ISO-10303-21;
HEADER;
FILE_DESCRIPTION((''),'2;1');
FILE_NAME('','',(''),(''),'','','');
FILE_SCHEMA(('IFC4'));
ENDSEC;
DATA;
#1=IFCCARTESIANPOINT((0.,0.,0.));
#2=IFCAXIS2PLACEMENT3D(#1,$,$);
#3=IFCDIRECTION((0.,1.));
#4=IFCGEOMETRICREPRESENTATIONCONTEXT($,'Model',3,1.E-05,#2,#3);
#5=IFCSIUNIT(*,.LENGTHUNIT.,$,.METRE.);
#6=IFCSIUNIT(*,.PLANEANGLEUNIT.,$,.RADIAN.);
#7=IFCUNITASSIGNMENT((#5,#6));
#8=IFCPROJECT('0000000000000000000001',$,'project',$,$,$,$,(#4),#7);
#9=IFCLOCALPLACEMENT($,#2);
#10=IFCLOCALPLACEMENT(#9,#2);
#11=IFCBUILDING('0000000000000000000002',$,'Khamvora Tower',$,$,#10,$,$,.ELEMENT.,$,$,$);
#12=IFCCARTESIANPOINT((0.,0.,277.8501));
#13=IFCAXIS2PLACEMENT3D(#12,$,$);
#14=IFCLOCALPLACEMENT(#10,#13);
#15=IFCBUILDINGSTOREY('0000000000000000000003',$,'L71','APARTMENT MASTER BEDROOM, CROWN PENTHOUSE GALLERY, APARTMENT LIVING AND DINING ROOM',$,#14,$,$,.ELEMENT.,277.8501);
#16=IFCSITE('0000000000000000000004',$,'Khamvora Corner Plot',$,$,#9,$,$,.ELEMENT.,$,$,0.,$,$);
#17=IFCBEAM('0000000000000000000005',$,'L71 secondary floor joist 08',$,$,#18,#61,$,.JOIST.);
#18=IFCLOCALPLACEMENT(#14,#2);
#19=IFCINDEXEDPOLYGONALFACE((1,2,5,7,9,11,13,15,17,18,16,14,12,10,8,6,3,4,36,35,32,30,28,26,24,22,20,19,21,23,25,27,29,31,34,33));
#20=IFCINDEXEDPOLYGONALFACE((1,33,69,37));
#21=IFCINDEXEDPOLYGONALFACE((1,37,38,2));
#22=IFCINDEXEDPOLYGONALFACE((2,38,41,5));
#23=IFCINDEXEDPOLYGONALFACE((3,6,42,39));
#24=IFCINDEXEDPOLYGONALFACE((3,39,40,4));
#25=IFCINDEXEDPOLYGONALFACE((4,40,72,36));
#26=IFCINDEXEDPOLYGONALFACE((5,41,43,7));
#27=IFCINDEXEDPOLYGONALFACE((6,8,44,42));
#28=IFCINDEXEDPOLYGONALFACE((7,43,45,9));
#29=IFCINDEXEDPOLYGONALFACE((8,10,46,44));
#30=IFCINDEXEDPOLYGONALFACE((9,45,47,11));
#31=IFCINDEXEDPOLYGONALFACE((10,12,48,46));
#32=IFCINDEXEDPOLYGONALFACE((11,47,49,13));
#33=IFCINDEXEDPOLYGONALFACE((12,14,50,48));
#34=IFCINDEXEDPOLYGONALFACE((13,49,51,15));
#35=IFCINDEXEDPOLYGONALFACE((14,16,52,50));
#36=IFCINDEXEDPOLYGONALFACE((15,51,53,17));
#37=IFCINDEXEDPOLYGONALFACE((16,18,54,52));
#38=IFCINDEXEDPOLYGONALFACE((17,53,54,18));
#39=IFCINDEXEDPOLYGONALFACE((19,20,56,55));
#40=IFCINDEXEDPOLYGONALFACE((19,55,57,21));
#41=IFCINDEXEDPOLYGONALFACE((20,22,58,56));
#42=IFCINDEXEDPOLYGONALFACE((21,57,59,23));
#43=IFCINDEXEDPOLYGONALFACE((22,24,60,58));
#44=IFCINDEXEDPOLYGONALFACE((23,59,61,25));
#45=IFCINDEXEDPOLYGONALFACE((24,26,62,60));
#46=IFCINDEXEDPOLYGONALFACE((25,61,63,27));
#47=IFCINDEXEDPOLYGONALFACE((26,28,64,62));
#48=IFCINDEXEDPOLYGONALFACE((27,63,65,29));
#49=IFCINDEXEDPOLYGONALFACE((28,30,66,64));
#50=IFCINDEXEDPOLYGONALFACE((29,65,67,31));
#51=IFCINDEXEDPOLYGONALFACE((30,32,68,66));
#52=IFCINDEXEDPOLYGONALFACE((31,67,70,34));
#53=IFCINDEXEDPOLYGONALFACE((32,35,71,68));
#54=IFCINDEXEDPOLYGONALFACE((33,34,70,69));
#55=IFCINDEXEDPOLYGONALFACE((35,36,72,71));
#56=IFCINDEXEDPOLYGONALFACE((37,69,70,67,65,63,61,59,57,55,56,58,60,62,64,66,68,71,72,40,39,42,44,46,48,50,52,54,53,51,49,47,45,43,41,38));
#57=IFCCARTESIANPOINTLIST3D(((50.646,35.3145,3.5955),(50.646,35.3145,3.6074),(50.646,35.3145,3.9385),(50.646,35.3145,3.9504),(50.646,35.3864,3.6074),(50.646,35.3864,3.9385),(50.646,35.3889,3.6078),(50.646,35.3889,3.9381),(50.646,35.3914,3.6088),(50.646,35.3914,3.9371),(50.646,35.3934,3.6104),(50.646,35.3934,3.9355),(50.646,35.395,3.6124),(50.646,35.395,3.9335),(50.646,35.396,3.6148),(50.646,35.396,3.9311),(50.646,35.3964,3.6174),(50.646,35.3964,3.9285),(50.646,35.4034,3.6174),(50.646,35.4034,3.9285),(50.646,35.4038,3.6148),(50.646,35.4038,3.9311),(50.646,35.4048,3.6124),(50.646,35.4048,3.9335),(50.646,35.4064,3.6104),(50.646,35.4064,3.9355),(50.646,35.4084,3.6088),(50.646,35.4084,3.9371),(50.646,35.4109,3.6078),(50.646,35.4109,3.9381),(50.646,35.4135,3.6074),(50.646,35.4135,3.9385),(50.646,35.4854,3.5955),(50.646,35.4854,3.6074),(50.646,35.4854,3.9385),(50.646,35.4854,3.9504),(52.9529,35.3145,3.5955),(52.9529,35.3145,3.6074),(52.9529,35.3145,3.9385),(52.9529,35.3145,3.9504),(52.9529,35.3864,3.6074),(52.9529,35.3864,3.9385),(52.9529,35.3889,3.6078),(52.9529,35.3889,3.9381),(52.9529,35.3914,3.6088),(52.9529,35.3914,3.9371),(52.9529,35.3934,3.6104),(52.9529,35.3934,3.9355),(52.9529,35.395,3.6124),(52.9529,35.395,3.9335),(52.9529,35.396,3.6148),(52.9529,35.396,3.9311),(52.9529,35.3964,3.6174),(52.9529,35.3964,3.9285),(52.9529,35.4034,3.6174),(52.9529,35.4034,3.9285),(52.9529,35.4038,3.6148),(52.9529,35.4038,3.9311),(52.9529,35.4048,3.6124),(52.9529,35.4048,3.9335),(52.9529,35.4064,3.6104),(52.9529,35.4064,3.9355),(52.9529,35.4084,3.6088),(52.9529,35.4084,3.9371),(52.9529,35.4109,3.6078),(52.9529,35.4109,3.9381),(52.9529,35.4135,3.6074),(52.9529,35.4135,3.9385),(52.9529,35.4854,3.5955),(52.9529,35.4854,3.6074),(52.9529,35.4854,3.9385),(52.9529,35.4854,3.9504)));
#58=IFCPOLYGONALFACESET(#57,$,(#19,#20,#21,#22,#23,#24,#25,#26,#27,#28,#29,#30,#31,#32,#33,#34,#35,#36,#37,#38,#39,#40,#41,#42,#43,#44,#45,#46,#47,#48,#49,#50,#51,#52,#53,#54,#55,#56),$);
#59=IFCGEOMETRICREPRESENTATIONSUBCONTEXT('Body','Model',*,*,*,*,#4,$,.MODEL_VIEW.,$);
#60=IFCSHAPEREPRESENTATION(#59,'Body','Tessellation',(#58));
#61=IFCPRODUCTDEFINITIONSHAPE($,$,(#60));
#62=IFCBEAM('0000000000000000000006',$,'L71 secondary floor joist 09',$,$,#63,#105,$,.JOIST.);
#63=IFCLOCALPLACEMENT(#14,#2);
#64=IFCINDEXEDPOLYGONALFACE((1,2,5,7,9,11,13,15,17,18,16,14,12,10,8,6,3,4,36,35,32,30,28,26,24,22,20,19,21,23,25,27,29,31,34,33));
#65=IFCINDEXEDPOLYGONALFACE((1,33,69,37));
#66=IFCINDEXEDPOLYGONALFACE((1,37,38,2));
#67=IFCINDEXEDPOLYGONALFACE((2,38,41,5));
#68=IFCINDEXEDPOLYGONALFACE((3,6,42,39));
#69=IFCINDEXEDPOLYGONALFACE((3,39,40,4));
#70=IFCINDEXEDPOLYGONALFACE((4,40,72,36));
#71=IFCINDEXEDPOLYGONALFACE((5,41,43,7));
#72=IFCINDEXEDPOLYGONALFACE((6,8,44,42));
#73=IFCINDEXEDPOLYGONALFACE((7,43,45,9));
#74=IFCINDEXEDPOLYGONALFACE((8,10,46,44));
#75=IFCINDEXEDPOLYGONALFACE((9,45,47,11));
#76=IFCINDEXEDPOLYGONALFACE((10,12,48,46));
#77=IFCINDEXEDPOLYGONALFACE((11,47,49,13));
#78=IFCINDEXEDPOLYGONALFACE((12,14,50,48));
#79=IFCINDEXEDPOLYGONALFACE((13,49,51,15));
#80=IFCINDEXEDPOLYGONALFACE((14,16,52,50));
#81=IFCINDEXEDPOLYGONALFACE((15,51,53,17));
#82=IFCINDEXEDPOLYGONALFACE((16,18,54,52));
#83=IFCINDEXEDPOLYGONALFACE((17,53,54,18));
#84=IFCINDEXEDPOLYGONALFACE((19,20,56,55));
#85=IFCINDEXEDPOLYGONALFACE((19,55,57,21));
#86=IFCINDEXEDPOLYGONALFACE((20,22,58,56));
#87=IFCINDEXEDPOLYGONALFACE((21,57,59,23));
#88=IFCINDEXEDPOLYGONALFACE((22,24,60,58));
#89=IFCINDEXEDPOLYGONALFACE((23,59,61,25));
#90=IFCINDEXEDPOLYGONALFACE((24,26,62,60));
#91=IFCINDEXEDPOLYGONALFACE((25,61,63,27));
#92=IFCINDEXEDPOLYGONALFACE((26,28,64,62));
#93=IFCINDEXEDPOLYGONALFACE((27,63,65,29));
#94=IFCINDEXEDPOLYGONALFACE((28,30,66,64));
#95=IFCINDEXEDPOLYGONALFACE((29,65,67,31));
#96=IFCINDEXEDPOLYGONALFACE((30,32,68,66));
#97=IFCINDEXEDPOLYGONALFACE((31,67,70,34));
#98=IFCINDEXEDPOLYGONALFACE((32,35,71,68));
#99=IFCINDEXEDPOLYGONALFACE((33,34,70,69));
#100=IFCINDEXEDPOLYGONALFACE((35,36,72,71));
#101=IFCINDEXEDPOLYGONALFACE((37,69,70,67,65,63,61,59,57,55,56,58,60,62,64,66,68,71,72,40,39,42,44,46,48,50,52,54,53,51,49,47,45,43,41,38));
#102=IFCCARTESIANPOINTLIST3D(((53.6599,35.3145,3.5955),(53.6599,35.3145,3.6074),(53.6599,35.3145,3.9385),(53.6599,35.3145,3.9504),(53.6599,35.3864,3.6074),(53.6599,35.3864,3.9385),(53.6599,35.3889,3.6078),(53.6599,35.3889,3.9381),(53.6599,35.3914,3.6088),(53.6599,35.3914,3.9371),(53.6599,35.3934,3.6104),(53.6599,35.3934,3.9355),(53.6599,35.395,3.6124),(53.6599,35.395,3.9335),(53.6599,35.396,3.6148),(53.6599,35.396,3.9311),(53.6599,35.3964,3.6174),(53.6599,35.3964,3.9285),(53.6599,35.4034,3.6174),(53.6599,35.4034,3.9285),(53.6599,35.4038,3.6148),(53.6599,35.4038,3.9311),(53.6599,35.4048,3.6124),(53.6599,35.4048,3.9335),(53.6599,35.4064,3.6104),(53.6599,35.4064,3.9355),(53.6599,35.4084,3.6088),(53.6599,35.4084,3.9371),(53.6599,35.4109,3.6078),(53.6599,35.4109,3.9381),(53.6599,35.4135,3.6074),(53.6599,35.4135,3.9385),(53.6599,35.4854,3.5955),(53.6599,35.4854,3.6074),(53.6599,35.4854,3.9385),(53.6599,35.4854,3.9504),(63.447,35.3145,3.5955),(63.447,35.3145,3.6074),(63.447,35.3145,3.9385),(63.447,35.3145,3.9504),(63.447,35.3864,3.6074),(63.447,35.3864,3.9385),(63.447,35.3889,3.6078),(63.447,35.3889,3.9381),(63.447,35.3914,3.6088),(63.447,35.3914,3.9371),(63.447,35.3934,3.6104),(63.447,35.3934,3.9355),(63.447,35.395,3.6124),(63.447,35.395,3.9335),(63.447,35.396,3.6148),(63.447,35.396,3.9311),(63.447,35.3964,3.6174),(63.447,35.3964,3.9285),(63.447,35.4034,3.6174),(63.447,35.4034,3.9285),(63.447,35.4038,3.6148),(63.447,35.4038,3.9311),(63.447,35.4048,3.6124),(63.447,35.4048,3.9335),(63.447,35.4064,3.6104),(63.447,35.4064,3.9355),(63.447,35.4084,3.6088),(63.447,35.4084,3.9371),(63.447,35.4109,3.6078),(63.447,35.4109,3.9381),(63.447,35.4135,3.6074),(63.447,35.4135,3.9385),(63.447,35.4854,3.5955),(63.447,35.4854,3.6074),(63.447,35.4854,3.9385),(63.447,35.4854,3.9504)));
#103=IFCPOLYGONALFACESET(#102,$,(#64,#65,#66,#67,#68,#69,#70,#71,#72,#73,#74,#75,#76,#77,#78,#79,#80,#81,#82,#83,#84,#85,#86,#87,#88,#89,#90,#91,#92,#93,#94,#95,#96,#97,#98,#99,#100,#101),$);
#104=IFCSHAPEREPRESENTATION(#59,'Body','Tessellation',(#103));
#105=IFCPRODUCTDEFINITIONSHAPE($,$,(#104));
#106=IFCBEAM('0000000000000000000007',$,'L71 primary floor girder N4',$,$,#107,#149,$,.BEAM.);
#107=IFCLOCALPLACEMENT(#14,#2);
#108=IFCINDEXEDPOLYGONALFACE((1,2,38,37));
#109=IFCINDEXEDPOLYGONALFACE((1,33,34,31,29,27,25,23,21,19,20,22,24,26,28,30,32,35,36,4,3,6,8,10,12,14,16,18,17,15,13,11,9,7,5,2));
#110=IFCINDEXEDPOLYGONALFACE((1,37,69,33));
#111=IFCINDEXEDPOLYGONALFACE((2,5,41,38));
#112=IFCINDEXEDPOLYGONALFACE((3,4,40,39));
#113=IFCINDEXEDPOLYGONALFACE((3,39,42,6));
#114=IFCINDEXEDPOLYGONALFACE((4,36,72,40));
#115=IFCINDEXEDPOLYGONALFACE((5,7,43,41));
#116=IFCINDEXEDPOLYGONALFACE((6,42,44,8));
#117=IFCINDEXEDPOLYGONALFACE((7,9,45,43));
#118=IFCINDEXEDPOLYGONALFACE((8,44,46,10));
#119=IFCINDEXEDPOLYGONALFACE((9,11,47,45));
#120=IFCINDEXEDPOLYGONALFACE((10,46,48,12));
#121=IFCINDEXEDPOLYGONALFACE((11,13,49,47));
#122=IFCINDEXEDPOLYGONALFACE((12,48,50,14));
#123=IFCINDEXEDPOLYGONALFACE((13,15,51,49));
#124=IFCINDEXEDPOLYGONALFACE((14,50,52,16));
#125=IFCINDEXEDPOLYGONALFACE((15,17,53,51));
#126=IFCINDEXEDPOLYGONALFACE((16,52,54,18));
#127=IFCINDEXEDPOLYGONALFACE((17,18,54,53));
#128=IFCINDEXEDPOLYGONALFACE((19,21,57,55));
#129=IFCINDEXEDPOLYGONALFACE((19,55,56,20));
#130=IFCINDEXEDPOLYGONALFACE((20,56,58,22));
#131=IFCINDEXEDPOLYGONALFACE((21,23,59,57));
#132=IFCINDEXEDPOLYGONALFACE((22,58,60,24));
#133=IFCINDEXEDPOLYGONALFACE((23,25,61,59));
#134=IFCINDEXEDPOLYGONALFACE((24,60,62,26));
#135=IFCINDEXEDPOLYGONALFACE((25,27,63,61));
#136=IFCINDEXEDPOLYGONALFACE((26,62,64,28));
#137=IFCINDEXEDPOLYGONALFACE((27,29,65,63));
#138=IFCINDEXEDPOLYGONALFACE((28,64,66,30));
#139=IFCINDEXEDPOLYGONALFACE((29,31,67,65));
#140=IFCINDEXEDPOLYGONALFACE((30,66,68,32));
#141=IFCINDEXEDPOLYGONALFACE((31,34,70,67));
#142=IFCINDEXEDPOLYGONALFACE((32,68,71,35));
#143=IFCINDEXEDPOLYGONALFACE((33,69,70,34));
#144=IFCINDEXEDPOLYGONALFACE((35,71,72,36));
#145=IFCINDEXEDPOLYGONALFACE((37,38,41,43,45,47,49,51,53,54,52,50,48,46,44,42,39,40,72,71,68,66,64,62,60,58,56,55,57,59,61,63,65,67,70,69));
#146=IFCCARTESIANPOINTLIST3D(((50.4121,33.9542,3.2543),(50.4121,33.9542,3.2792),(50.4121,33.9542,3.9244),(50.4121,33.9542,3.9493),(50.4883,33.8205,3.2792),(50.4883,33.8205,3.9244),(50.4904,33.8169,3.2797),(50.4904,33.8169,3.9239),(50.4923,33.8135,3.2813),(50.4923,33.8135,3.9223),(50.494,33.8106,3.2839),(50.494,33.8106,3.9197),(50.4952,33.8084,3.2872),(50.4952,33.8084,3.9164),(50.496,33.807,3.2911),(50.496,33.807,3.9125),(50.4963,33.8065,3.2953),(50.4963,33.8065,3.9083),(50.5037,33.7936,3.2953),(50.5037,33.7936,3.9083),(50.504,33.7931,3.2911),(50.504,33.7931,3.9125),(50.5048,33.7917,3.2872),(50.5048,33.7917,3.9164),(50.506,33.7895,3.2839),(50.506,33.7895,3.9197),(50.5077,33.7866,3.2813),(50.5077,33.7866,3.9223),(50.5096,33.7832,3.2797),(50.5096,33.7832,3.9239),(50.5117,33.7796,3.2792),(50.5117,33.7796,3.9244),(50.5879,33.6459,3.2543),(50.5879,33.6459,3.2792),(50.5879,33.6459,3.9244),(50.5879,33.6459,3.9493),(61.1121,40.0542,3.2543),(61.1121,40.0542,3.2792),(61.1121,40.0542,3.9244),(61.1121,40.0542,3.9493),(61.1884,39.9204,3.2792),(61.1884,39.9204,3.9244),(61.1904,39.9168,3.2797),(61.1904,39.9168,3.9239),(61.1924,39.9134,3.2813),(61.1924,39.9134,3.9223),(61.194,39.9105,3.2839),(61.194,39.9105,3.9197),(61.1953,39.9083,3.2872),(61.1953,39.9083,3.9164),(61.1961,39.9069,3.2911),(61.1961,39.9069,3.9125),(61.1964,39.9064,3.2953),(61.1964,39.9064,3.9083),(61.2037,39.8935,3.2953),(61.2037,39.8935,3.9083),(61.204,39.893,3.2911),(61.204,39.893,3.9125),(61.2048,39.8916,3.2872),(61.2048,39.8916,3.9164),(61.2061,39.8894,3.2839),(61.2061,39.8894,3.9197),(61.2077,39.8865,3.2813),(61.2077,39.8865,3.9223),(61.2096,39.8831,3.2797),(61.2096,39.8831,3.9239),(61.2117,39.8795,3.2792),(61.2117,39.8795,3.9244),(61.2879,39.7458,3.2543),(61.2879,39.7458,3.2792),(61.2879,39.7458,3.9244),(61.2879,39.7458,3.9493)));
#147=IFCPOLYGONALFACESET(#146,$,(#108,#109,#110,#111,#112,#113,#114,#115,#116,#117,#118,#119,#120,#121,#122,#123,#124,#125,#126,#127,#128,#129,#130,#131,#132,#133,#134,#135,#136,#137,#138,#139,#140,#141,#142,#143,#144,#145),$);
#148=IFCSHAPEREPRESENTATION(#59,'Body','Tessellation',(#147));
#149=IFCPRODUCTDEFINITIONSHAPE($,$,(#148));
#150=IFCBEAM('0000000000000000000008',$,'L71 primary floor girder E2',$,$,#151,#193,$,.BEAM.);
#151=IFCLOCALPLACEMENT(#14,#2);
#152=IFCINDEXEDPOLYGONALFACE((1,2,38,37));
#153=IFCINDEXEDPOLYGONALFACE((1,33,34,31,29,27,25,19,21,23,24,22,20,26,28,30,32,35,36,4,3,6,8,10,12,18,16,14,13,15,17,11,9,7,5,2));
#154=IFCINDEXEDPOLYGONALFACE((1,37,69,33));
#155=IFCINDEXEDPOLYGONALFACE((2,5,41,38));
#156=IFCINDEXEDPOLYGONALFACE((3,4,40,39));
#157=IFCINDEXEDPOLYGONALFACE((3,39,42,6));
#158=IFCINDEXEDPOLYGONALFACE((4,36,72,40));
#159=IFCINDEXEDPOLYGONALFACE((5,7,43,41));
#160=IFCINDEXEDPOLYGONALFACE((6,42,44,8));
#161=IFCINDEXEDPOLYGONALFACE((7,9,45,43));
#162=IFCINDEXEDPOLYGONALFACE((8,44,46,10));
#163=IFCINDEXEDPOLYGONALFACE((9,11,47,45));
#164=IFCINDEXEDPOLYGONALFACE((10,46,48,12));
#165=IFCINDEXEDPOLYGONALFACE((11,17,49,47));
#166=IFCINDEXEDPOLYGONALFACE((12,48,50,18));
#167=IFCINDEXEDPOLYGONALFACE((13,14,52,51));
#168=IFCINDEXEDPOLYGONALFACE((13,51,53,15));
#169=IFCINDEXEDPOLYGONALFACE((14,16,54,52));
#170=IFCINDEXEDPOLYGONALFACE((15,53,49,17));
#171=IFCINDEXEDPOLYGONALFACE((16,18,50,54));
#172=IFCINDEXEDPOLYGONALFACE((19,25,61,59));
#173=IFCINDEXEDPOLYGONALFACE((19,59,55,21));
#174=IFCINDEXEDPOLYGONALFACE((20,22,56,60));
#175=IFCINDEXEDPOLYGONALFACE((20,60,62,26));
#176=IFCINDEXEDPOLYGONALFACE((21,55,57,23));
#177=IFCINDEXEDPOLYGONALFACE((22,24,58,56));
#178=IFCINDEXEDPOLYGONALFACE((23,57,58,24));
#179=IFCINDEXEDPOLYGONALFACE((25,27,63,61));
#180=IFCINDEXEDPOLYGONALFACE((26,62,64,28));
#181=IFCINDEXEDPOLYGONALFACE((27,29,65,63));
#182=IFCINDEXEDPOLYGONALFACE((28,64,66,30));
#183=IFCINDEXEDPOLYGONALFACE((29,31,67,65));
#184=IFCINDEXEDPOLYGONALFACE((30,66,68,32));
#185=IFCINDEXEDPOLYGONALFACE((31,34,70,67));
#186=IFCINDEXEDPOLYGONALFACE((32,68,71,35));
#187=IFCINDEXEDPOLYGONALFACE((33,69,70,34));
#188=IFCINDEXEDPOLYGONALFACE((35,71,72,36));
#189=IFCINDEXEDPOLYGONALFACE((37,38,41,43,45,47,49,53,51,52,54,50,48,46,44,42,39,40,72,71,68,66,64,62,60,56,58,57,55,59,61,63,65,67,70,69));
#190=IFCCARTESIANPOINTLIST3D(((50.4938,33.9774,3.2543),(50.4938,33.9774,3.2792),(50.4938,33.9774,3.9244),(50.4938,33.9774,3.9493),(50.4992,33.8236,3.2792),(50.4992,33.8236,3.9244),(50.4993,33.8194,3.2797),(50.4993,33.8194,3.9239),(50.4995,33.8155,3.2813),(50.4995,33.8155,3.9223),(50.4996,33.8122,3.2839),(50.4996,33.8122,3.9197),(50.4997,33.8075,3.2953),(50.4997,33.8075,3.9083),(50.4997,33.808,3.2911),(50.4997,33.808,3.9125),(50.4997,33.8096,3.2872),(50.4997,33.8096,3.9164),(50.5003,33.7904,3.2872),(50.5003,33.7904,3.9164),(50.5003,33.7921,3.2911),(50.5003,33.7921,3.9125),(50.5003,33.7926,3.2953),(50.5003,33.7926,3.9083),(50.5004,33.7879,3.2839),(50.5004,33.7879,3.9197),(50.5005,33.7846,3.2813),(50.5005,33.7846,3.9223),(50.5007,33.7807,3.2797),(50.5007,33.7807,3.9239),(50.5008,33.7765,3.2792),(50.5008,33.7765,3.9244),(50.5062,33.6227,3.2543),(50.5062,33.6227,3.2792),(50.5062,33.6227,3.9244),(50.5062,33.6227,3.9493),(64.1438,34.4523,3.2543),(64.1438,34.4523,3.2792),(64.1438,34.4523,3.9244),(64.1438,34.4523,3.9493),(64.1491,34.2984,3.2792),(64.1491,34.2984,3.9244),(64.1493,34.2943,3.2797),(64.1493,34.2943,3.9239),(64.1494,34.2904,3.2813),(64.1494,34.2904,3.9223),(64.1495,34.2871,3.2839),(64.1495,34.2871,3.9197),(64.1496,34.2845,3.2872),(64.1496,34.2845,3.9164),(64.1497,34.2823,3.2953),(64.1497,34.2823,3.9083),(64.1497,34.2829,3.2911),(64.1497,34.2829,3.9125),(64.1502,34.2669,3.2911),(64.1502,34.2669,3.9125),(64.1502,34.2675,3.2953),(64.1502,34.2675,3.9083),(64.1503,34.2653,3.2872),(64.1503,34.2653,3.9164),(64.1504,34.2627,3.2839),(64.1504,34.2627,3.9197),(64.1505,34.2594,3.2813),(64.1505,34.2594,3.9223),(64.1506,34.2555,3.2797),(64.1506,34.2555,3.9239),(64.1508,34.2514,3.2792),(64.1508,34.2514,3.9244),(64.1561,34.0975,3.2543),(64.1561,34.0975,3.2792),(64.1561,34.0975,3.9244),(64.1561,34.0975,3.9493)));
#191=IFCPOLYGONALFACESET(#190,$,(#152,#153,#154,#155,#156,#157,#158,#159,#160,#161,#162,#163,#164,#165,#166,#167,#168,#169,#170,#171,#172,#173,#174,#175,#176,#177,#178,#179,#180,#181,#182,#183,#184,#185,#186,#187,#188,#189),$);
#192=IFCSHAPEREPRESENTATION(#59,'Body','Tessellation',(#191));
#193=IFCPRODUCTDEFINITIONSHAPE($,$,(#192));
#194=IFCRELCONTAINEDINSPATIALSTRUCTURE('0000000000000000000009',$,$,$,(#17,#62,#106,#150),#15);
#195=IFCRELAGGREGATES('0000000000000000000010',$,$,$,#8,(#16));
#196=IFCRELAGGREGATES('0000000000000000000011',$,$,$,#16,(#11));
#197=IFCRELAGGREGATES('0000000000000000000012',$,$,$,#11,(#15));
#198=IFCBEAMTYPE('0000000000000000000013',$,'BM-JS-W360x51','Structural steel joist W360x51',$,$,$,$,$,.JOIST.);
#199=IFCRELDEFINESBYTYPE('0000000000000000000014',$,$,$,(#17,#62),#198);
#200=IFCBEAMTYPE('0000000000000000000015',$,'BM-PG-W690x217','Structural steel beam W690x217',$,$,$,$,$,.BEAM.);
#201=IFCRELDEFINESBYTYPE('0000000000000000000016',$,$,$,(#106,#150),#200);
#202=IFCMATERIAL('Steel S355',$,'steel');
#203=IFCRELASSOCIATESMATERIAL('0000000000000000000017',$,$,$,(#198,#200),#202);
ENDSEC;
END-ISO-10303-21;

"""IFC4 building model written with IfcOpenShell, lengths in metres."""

from ifc_helpers import new_model, si_unit, direction, frame, origin, origin_2d, place, context, subcontext, project, spatial, i_section, extrude, material, material_profile, profile_set, type_object, element, save


model = new_model("IFC4")

# Units and contexts
model_context = context("Model", 3, precision=1e-05, world=origin(), true_north=direction((0.0, 1.0)))
body_context = subcontext(model_context, "Body", "Model", "MODEL_VIEW")
ifc_project = project(units=[si_unit("LENGTHUNIT", "METRE"), si_unit("PLANEANGLEUNIT", "RADIAN")], contexts=[model_context])

# Site, building, storey
site_placement = place(None, origin())
site = spatial("IfcSite", under=ifc_project, at=site_placement, Name="Khamvora Corner Plot", CompositionType="ELEMENT", RefElevation=0.0)
building_placement = place(site_placement, origin())
building = spatial("IfcBuilding", under=site, at=building_placement, Name="Khamvora Tower", CompositionType="ELEMENT")
storey_placement = place(building_placement, frame((0.0, 0.0, 277.8501)))
storey = spatial("IfcBuildingStorey", under=building, at=storey_placement, Name="L71", Description="APARTMENT MASTER BEDROOM, CROWN PENTHOUSE GALLERY, APARTMENT LIVING AND DINING ROOM", CompositionType="ELEMENT", Elevation=277.8501)

# Beams
ifc_material_1 = material(Name="Steel S355", Category="steel")
ifc_material_profile_1 = material_profile(ifc_material_1, i_section(OverallWidth=0.1709, OverallDepth=0.355, WebThickness=0.0071, FlangeThickness=0.012, FilletRadius=0.01, at=origin_2d()), Name="W360x51")
ifc_profile_set_1 = profile_set([ifc_material_profile_1], Name="Steel S355")
beam_type_1 = type_object("IfcBeamType", Name="BM-JS-W360x51", Description="Structural steel joist W360x51", PredefinedType="JOIST", material=ifc_profile_set_1)
beam_1_placement = place(storey_placement, frame((50.646, 35.3999, 3.7729), z_axis=(1.0, 0.0, 0.0), x_axis=(0.0, 1.0, 0.0)))
element("IfcBeam", 1, at=beam_1_placement, inside=storey, type_object=beam_type_1, Name="L71 secondary floor joist 08", PredefinedType="JOIST", context=body_context, shape_type="SweptSolid", body=[
    extrude(i_section(OverallWidth=0.1709, OverallDepth=0.355, WebThickness=0.0071, FlangeThickness=0.012, FilletRadius=0.01, at=origin_2d()), origin(), (0.0, 0.0, 1.0), 2.3069),
])
beam_2_placement = place(storey_placement, frame((53.6599, 35.3999, 3.7729), z_axis=(1.0, 0.0, 0.0), x_axis=(0.0, 1.0, 0.0)))
element("IfcBeam", 2, at=beam_2_placement, inside=storey, type_object=beam_type_1, Name="L71 secondary floor joist 09", PredefinedType="JOIST", context=body_context, shape_type="SweptSolid", body=[
    extrude(i_section(OverallWidth=0.1709, OverallDepth=0.355, WebThickness=0.0071, FlangeThickness=0.012, FilletRadius=0.01, at=origin_2d()), origin(), (0.0, 0.0, 1.0), 9.7871),
])
ifc_material_profile_2 = material_profile(ifc_material_1, i_section(OverallWidth=0.355, OverallDepth=0.6951, WebThickness=0.0149, FlangeThickness=0.0249, FilletRadius=0.0161, at=origin_2d()), Name="W690x217")
ifc_profile_set_2 = profile_set([ifc_material_profile_2], Name="Steel S355")
beam_type_2 = type_object("IfcBeamType", Name="BM-PG-W690x217", Description="Structural steel beam W690x217", PredefinedType="BEAM", material=ifc_profile_set_2)
beam_3_placement = place(storey_placement, frame((50.5, 33.8, 3.6018), z_axis=(0.868746, 0.495257, 0.0), x_axis=(-0.495257, 0.868746, 0.0)))
element("IfcBeam", 3, at=beam_3_placement, inside=storey, type_object=beam_type_2, Name="L71 primary floor girder N4", PredefinedType="BEAM", context=body_context, shape_type="SweptSolid", body=[
    extrude(i_section(OverallWidth=0.355, OverallDepth=0.6951, WebThickness=0.0149, FlangeThickness=0.0249, FilletRadius=0.0161, at=origin_2d()), origin(), (0.0, 0.0, 1.0), 12.3167),
])
beam_4_placement = place(storey_placement, frame((50.5, 33.8, 3.6018), z_axis=(0.999395, 0.034767, 0.0), x_axis=(-0.034767, 0.999395, 0.0)))
element("IfcBeam", 4, at=beam_4_placement, inside=storey, type_object=beam_type_2, Name="L71 primary floor girder E2", PredefinedType="BEAM", context=body_context, shape_type="SweptSolid", body=[
    extrude(i_section(OverallWidth=0.355, OverallDepth=0.6951, WebThickness=0.0149, FlangeThickness=0.0249, FilletRadius=0.0161, at=origin_2d()), origin(), (0.0, 0.0, 1.0), 13.6582),
])

save(model, "model.ifc")
